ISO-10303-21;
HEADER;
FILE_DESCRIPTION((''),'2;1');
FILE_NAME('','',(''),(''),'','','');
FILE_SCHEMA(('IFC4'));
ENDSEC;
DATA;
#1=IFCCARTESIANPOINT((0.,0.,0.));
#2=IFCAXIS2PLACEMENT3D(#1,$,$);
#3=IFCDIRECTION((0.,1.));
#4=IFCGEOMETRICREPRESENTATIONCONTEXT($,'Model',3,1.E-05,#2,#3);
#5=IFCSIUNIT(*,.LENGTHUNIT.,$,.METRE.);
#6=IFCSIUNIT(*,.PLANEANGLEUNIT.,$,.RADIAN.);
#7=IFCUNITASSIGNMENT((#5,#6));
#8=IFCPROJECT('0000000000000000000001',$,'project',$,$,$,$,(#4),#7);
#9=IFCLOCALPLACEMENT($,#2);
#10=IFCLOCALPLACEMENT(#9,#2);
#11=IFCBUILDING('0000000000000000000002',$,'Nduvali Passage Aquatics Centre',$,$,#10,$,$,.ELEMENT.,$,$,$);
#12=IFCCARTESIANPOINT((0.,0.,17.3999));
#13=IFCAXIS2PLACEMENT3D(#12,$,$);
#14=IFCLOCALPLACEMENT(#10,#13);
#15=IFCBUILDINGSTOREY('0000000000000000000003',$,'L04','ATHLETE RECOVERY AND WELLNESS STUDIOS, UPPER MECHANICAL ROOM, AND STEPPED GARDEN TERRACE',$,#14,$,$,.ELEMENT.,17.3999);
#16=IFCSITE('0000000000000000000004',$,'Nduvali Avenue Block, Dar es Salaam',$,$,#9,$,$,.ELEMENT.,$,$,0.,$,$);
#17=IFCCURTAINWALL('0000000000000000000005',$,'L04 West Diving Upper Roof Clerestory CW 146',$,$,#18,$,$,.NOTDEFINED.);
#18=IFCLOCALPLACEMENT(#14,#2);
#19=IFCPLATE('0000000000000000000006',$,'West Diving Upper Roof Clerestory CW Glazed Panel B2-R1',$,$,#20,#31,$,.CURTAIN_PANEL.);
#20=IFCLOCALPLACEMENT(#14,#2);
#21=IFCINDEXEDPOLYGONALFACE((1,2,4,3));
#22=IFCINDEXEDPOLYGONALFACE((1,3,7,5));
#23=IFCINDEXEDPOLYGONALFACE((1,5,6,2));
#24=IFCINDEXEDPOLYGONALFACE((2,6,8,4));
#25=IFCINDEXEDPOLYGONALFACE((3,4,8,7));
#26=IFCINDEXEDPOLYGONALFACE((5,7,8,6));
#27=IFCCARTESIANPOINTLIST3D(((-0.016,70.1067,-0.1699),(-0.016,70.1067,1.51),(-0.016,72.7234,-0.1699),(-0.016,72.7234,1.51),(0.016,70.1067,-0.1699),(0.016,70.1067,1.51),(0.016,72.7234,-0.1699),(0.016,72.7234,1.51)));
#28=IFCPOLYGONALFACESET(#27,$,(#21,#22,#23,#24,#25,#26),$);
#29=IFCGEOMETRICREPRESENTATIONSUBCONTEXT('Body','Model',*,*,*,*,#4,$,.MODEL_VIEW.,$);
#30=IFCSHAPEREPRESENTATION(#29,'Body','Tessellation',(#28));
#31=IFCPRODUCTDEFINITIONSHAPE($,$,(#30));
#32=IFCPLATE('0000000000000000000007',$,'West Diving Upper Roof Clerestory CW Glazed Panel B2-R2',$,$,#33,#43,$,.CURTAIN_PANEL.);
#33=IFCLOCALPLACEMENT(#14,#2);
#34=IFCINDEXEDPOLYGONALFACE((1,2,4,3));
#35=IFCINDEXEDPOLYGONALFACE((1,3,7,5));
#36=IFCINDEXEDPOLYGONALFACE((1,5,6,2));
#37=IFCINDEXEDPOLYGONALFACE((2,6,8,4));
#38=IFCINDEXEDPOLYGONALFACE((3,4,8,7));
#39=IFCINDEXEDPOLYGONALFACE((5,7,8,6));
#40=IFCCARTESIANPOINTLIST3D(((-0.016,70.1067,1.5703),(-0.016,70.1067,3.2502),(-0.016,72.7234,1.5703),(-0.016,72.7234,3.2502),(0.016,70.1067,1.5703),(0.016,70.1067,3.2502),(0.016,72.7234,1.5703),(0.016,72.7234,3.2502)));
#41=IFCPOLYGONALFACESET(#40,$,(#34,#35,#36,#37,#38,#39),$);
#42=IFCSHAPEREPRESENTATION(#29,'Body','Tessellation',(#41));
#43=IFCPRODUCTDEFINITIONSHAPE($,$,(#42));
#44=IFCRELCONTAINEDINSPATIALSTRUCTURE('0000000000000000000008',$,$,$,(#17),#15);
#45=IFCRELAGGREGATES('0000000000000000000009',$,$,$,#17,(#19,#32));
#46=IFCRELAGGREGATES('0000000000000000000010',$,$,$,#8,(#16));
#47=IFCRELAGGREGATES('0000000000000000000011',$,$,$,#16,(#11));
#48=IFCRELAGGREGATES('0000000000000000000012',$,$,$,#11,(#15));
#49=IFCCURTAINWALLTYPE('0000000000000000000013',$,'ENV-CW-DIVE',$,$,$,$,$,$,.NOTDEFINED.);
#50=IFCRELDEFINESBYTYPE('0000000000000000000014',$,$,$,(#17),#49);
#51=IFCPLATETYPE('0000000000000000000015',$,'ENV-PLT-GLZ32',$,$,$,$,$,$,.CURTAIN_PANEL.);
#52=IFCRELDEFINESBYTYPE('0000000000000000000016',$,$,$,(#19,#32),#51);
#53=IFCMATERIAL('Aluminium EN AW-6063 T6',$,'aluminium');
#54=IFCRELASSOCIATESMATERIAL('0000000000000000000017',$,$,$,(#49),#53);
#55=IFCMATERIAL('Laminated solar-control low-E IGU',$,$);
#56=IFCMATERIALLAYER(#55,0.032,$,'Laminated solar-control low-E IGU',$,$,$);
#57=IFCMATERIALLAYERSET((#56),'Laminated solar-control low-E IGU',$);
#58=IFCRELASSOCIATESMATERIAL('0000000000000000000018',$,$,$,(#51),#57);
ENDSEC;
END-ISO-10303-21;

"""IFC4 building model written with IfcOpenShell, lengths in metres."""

from ifc_helpers import new_model, si_unit, direction, frame, origin, origin_2d, place, context, subcontext, project, spatial, rectangle, extrude, material, layer, layer_set, type_object, element, aggregate, save


model = new_model("IFC4")

# Units and contexts
model_context = context("Model", 3, precision=1e-05, world=origin(), true_north=direction((0.0, 1.0)))
body_context = subcontext(model_context, "Body", "Model", "MODEL_VIEW")
ifc_project = project(units=[si_unit("LENGTHUNIT", "METRE"), si_unit("PLANEANGLEUNIT", "RADIAN")], contexts=[model_context])

# Site, building, storey
site_placement = place(None, origin())
site = spatial("IfcSite", under=ifc_project, at=site_placement, Name="Nduvali Avenue Block, Dar es Salaam", CompositionType="ELEMENT", RefElevation=0.0)
building_placement = place(site_placement, origin())
building = spatial("IfcBuilding", under=site, at=building_placement, Name="Nduvali Passage Aquatics Centre", CompositionType="ELEMENT")
storey_placement = place(building_placement, frame((0.0, 0.0, 17.3999)))
storey = spatial("IfcBuildingStorey", under=building, at=storey_placement, Name="L04", Description="ATHLETE RECOVERY AND WELLNESS STUDIOS, UPPER MECHANICAL ROOM, AND STEPPED GARDEN TERRACE", CompositionType="ELEMENT", Elevation=17.3999)

# Curtain wall
ifc_material_1 = material(Name="Aluminium EN AW-6063 T6", Category="aluminium")
curtain_wall_type = type_object("IfcCurtainWallType", Name="ENV-CW-DIVE", PredefinedType="NOTDEFINED", material=ifc_material_1)
curtain_wall_1_placement = place(storey_placement, origin())
curtain_wall_1 = element("IfcCurtainWall", 1, at=curtain_wall_1_placement, inside=storey, type_object=curtain_wall_type, Name="L04 West Diving Upper Roof Clerestory CW 146", PredefinedType="NOTDEFINED")

# Plates
ifc_material_2 = material(Name="Laminated solar-control low-E IGU")
ifc_layer = layer(ifc_material_2, 0.032, Name="Laminated solar-control low-E IGU")
ifc_layer_set = layer_set([ifc_layer], Name="Laminated solar-control low-E IGU")
plate_type = type_object("IfcPlateType", Name="ENV-PLT-GLZ32", PredefinedType="CURTAIN_PANEL", material=ifc_layer_set)
plate_1_placement = place(storey_placement, frame((0.0, 71.415, -0.1699), z_axis=(0.0, 0.0, 1.0), x_axis=(0.0, 1.0, 0.0)))
plate_1 = element("IfcPlate", 2, at=plate_1_placement, type_object=plate_type, Name="West Diving Upper Roof Clerestory CW Glazed Panel B2-R1", PredefinedType="CURTAIN_PANEL", context=body_context, shape_type="SweptSolid", body=[
    extrude(rectangle(XDim=2.6167, YDim=0.032, at=origin_2d()), origin(), (0.0, 0.0, 1.0), 1.6799),
])
plate_2_placement = place(storey_placement, frame((0.0, 71.415, 1.5703), z_axis=(0.0, 0.0, 1.0), x_axis=(0.0, 1.0, 0.0)))
plate_2 = element("IfcPlate", 3, at=plate_2_placement, type_object=plate_type, Name="West Diving Upper Roof Clerestory CW Glazed Panel B2-R2", PredefinedType="CURTAIN_PANEL", context=body_context, shape_type="SweptSolid", body=[
    extrude(rectangle(XDim=2.6167, YDim=0.032, at=origin_2d()), origin(), (0.0, 0.0, 1.0), 1.6799),
])
aggregate(curtain_wall_1, [plate_1, plate_2])

save(model, "model.ifc")
